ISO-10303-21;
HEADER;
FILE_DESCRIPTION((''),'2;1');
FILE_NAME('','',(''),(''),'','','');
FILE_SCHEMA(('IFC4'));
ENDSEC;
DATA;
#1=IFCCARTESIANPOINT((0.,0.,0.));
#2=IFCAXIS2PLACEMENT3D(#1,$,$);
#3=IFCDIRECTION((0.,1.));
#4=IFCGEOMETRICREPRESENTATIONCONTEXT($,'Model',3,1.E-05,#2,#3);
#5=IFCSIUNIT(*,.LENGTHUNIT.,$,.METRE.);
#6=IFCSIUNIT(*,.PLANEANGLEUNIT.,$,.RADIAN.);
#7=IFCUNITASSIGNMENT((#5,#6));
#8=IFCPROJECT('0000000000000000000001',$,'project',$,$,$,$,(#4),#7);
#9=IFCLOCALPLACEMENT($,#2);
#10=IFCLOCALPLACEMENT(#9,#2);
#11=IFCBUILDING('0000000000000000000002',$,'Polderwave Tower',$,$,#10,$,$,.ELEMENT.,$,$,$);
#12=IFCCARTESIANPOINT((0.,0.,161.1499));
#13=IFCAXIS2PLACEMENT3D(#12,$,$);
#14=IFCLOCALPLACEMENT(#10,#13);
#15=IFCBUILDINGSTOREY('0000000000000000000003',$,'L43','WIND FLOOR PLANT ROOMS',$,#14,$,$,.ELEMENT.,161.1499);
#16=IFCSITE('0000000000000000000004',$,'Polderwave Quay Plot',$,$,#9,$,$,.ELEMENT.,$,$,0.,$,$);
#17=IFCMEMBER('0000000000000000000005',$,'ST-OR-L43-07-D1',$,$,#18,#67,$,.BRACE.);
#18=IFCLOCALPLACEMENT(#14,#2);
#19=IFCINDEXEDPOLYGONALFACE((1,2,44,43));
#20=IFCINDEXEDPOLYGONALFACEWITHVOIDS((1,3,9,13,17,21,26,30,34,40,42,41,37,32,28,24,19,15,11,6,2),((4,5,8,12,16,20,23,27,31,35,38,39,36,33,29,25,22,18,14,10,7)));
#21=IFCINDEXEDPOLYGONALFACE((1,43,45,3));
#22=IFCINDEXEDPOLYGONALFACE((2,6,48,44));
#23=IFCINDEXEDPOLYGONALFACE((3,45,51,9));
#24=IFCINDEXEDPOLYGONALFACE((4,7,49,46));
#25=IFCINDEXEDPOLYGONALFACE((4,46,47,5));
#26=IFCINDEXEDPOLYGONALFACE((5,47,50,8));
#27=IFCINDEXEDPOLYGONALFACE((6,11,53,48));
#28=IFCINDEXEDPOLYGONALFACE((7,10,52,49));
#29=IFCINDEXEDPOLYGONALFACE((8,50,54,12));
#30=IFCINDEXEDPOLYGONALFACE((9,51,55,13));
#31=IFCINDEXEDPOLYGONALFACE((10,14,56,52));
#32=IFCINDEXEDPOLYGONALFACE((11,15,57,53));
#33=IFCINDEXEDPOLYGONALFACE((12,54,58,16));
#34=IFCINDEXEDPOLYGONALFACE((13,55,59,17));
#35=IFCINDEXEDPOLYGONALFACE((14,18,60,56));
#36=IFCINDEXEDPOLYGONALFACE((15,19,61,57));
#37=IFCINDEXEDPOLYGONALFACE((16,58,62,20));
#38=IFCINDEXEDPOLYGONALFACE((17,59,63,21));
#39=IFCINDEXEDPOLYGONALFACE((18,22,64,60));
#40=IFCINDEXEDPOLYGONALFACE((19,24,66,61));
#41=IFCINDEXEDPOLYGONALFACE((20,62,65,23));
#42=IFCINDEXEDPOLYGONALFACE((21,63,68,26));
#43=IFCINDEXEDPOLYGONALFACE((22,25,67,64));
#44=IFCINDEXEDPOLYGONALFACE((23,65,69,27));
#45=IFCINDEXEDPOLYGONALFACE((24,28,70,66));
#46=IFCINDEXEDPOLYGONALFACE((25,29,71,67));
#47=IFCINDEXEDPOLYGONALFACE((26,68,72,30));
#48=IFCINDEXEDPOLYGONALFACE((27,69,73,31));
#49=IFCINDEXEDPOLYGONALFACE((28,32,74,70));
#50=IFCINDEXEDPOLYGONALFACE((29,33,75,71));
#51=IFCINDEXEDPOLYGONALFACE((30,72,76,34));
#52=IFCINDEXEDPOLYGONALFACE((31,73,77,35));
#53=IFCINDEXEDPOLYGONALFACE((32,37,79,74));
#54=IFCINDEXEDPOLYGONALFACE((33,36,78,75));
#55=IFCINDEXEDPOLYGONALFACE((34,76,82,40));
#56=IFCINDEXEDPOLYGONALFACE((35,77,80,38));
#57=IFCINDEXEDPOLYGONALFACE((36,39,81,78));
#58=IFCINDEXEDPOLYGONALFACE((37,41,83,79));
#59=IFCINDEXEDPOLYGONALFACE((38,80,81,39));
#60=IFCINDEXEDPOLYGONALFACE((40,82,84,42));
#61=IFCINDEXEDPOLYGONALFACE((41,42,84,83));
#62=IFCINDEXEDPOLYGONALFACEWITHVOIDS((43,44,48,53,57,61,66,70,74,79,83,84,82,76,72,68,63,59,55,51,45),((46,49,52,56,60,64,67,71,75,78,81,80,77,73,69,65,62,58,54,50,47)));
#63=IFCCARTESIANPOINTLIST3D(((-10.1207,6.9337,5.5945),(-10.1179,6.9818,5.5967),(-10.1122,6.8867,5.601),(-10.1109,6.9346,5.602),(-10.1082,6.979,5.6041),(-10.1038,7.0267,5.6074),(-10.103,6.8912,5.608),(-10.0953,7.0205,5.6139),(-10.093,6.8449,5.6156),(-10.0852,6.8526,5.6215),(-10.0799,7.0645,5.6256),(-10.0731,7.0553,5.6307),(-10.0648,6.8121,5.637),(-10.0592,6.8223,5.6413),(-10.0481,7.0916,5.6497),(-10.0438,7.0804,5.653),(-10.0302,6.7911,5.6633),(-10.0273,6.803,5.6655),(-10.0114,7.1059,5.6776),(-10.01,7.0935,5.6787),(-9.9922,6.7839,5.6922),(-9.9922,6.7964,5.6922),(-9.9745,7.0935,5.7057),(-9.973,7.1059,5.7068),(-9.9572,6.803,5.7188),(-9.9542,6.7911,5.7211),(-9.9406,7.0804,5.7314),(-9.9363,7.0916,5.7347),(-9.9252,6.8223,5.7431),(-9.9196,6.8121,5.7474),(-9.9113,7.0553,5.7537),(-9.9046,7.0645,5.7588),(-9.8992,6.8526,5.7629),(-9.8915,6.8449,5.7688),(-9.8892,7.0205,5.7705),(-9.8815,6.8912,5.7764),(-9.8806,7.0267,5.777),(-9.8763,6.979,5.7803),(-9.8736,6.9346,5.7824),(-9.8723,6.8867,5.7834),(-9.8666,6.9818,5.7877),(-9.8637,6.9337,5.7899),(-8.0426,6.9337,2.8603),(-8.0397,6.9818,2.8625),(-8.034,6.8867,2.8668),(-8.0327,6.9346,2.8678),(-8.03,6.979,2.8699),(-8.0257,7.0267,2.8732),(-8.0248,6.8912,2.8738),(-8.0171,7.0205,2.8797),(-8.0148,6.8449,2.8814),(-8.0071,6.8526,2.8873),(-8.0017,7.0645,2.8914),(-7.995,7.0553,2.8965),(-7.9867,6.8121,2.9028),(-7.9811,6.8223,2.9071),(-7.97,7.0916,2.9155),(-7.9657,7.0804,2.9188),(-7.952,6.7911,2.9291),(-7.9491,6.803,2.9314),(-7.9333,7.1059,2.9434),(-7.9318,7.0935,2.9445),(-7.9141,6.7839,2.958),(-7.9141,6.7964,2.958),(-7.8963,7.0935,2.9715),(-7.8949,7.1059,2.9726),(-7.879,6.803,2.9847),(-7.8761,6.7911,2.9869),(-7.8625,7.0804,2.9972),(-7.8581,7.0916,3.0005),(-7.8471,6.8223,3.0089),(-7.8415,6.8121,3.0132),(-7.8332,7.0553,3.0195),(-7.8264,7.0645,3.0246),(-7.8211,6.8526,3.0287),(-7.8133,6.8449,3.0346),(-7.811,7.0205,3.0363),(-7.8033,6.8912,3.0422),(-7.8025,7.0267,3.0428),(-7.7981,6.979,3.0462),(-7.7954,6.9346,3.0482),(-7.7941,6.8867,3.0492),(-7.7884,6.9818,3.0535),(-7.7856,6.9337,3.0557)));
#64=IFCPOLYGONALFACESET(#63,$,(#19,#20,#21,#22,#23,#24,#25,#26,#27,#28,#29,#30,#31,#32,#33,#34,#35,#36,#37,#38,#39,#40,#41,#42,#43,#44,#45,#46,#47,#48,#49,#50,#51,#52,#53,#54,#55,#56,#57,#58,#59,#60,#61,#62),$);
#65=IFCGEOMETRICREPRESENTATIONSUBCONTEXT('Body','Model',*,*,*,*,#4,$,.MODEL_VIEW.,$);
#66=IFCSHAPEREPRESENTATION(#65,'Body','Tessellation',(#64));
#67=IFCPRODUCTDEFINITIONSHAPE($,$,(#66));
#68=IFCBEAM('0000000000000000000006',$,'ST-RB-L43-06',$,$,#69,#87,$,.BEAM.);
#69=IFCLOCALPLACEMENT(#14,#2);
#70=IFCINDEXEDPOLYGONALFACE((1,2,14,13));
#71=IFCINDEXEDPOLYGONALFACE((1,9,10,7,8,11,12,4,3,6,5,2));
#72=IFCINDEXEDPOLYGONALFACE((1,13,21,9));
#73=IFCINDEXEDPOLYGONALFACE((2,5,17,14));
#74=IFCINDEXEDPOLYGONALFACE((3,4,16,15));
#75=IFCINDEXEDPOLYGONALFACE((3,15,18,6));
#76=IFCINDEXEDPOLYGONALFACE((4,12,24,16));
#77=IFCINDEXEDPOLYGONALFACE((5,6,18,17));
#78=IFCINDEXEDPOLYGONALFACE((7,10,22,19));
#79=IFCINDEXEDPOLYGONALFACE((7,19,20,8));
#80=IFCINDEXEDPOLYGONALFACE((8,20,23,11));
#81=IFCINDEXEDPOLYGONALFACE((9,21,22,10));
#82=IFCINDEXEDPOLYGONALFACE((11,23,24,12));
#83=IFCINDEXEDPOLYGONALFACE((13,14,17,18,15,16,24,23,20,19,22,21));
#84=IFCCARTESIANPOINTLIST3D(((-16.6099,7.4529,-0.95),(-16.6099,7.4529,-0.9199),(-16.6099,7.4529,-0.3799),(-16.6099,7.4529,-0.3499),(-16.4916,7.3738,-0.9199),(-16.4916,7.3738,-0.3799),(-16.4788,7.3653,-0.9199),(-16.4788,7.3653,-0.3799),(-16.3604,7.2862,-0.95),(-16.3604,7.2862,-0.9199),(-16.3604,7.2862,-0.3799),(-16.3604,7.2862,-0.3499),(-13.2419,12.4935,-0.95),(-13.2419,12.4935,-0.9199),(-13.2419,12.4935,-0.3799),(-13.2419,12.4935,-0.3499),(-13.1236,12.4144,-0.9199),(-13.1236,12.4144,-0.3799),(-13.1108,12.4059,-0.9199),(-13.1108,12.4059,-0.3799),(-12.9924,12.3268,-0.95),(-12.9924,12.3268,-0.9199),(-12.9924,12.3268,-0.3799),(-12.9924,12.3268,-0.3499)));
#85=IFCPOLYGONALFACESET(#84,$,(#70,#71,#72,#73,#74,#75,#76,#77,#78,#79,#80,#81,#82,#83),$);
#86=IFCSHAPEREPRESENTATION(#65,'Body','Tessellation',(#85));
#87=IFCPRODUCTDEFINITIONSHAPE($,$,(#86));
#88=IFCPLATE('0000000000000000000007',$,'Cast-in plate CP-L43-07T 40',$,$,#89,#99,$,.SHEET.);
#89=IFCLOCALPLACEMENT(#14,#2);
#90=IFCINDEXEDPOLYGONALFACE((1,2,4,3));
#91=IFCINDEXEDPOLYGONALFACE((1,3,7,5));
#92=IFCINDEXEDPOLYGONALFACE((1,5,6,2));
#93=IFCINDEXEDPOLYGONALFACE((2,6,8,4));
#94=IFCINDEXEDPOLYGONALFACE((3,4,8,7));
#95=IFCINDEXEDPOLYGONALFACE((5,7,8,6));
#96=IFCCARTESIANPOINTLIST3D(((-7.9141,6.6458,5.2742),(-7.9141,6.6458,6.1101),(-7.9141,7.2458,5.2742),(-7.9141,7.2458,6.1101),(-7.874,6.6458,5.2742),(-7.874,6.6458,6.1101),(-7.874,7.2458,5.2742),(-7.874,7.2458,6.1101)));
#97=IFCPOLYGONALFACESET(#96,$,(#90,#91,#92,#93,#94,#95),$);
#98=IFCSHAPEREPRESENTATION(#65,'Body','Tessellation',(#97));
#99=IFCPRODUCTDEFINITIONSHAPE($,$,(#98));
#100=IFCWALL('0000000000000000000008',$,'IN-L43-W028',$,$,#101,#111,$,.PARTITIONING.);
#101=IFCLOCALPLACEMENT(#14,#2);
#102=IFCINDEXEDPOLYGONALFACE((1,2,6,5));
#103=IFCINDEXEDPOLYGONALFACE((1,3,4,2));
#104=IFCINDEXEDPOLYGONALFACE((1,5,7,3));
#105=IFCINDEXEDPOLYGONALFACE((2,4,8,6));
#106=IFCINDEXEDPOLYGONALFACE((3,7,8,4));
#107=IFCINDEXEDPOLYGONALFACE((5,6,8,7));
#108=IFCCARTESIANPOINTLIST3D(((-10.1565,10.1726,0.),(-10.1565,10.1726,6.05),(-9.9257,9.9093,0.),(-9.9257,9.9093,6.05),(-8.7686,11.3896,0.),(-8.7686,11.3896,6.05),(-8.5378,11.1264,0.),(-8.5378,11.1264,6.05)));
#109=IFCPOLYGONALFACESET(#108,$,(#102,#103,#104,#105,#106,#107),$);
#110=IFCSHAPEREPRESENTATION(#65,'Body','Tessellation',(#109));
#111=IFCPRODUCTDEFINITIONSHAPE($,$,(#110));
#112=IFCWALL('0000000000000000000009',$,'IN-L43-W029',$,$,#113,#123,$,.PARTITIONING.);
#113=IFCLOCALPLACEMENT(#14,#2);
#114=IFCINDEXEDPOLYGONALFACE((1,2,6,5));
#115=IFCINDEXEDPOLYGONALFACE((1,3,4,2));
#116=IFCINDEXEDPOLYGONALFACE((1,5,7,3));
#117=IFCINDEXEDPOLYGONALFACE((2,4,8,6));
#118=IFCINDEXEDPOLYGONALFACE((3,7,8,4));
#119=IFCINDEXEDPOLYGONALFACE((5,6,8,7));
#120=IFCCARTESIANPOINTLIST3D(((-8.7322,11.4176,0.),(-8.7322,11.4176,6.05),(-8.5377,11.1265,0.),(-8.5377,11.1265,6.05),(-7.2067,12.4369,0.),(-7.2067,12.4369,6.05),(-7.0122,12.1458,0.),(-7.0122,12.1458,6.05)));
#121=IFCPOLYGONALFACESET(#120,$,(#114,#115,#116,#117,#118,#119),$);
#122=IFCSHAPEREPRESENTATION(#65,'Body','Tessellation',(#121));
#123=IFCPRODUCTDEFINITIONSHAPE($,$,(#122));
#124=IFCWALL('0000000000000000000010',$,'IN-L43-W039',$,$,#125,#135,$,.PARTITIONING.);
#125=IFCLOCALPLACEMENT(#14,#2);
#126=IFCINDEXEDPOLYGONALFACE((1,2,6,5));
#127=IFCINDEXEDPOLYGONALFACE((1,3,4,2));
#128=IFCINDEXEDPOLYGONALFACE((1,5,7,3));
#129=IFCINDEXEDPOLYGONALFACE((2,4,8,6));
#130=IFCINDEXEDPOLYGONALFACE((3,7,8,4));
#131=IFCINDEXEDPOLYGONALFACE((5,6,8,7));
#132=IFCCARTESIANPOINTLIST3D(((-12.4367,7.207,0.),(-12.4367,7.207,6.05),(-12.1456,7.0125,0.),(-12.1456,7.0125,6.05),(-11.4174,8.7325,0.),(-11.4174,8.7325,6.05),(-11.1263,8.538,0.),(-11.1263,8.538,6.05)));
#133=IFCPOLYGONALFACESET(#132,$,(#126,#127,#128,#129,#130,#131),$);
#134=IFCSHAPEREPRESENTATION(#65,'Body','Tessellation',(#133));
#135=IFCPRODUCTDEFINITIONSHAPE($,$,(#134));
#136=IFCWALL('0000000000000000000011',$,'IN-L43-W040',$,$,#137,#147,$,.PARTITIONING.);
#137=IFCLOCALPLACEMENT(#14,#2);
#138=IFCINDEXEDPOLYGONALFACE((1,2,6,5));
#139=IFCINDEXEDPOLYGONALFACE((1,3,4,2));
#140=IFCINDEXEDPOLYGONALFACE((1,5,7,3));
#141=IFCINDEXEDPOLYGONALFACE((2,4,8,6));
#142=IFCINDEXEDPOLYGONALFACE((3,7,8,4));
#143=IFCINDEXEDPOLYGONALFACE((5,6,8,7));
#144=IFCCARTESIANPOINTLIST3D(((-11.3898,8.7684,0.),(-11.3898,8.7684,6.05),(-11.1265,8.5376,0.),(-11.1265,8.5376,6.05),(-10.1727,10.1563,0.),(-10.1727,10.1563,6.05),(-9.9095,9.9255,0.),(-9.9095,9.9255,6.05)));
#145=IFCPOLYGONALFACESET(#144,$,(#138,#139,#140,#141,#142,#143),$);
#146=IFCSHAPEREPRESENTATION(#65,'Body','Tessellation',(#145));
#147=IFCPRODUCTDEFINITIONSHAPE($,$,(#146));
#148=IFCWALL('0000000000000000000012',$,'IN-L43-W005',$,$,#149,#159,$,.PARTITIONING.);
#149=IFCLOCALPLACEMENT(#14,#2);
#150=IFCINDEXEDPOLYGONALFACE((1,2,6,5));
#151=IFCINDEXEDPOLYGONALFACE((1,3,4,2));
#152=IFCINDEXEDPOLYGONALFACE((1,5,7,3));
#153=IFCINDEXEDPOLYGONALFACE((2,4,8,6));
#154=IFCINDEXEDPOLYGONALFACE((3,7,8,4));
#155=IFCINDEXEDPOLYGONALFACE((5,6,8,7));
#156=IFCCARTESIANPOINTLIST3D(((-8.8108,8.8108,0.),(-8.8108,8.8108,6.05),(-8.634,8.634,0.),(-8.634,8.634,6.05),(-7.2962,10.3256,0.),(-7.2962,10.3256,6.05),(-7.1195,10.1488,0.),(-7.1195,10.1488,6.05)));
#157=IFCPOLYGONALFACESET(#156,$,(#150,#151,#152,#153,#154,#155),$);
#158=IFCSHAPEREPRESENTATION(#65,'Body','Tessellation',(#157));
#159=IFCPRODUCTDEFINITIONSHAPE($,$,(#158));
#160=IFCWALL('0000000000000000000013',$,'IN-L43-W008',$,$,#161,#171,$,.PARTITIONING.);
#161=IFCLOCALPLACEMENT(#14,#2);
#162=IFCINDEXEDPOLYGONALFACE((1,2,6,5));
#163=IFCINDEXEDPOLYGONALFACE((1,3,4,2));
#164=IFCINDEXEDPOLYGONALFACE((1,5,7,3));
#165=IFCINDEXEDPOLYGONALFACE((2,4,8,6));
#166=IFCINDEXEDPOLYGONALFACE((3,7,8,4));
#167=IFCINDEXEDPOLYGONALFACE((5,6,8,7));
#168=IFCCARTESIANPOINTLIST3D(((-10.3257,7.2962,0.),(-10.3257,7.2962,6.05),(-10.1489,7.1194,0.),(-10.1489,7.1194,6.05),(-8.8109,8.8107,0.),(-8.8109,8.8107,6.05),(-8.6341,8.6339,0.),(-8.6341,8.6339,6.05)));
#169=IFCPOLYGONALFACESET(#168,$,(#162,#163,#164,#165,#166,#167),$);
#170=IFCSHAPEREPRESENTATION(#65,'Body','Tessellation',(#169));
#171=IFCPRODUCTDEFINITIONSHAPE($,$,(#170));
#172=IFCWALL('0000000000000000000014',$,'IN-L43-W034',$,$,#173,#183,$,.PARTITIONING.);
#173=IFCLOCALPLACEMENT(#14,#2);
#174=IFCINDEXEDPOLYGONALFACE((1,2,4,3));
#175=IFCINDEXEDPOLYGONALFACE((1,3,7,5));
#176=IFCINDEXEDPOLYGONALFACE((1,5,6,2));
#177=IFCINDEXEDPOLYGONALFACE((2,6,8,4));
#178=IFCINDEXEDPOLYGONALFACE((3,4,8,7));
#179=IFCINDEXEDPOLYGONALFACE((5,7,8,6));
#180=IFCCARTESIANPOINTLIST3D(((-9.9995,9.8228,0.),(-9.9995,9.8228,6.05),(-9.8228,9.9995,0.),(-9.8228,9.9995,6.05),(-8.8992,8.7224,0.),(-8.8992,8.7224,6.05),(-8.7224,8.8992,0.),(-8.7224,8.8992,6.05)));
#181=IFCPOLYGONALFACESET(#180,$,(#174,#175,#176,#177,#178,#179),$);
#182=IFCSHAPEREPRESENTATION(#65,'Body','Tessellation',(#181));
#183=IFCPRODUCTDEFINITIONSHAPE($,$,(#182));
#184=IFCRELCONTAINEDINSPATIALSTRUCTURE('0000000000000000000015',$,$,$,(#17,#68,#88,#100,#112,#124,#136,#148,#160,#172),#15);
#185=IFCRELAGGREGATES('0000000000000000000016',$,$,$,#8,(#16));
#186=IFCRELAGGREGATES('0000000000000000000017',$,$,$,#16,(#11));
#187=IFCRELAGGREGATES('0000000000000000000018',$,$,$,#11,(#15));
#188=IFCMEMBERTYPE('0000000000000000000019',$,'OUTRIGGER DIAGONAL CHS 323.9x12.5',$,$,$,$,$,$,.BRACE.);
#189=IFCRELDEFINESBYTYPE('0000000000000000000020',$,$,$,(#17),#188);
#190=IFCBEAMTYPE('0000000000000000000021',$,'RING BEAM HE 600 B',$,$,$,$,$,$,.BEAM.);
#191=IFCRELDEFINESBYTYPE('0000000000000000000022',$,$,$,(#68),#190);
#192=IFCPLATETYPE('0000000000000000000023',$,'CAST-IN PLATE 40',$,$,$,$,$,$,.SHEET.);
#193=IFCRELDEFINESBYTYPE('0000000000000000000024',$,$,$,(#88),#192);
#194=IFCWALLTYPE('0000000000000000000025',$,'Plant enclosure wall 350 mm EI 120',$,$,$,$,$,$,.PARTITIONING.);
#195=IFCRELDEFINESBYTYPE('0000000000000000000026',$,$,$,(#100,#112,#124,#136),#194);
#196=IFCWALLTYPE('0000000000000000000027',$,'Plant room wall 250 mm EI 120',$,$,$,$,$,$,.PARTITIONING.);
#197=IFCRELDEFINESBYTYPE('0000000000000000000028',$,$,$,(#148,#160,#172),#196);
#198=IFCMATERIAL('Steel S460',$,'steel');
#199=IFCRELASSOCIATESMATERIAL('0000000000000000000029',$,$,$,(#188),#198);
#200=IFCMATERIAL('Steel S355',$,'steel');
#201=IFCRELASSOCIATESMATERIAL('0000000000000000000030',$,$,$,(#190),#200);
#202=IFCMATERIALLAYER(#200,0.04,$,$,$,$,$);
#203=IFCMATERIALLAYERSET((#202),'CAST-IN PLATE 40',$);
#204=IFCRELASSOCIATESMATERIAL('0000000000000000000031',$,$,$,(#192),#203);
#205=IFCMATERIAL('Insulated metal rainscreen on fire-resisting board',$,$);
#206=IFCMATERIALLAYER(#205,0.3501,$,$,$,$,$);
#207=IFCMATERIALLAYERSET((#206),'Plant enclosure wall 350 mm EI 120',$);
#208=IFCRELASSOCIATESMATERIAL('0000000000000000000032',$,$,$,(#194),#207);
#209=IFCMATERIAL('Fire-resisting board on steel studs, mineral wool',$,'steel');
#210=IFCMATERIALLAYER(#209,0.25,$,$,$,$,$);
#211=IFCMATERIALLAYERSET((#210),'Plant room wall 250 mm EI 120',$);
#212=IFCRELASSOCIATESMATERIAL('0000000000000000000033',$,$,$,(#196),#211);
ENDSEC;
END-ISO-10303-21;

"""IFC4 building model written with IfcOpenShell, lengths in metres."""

from ifc_helpers import new_model, si_unit, direction, frame, frame_2d, origin, origin_2d, place, context, subcontext, project, spatial, rectangle, hollow_circle, i_section, extrude, material, layer, layer_set, material_profile, profile_set, type_object, element, save


model = new_model("IFC4")

# Units and contexts
model_context = context("Model", 3, precision=1e-05, world=origin(), true_north=direction((0.0, 1.0)))
body_context = subcontext(model_context, "Body", "Model", "MODEL_VIEW")
ifc_project = project(units=[si_unit("LENGTHUNIT", "METRE"), si_unit("PLANEANGLEUNIT", "RADIAN")], contexts=[model_context])

# Site, building, storey
site_placement = place(None, origin())
site = spatial("IfcSite", under=ifc_project, at=site_placement, Name="Polderwave Quay Plot", CompositionType="ELEMENT", RefElevation=0.0)
building_placement = place(site_placement, origin())
building = spatial("IfcBuilding", under=site, at=building_placement, Name="Polderwave Tower", CompositionType="ELEMENT")
storey_placement = place(building_placement, frame((0.0, 0.0, 161.1499)))
storey = spatial("IfcBuildingStorey", under=building, at=storey_placement, Name="L43", Description="WIND FLOOR PLANT ROOMS", CompositionType="ELEMENT", Elevation=161.1499)

# Member
ifc_material_1 = material(Name="Steel S460", Category="steel")
ifc_material_profile_1 = material_profile(ifc_material_1, hollow_circle(Radius=0.1619, WallThickness=0.0125, at=origin_2d()), Name="CHS 323.9x12.5")
ifc_profile_set_1 = profile_set([ifc_material_profile_1], Name="Steel S460")
member_type_1 = type_object("IfcMemberType", Name="OUTRIGGER DIAGONAL CHS 323.9x12.5", PredefinedType="BRACE", material=ifc_profile_set_1)
member_1_placement = place(storey_placement, frame((-7.9141, 6.9458, 2.958), z_axis=(-0.605118, 0.0, 0.796136), x_axis=(0.0, -1.0, 0.0)))
element("IfcMember", 1, at=member_1_placement, inside=storey, type_object=member_type_1, Name="ST-OR-L43-07-D1", PredefinedType="BRACE", context=body_context, shape_type="SweptSolid", body=[
    extrude(hollow_circle(Radius=0.1619, WallThickness=0.0125, at=origin_2d()), origin(), (0.0, 0.0, 1.0), 3.4343),
])

# Beam
ifc_material_2 = material(Name="Steel S355", Category="steel")
ifc_material_profile_2 = material_profile(ifc_material_2, i_section(OverallWidth=0.3, OverallDepth=0.6001, WebThickness=0.0154, FlangeThickness=0.03, at=origin_2d()), Name="HE 600 B")
ifc_profile_set_2 = profile_set([ifc_material_profile_2], Name="Steel S355")
beam_type = type_object("IfcBeamType", Name="RING BEAM HE 600 B", PredefinedType="BEAM", material=ifc_profile_set_2)
beam_placement = place(storey_placement, frame((-13.1172, 12.4102, -0.6499), z_axis=(-0.555564, -0.831474, 0.0), x_axis=(0.831474, -0.555564, 0.0)))
element("IfcBeam", 2, at=beam_placement, inside=storey, type_object=beam_type, Name="ST-RB-L43-06", PredefinedType="BEAM", context=body_context, shape_type="SweptSolid", body=[
    extrude(i_section(OverallWidth=0.3, OverallDepth=0.6001, WebThickness=0.0154, FlangeThickness=0.03, at=origin_2d()), origin(), (0.0, 0.0, 1.0), 6.0623),
])

# Plate
ifc_layer_1 = layer(ifc_material_2, 0.04)
ifc_layer_set_1 = layer_set([ifc_layer_1], Name="CAST-IN PLATE 40")
plate_type = type_object("IfcPlateType", Name="CAST-IN PLATE 40", PredefinedType="SHEET", material=ifc_layer_set_1)
plate_placement = place(storey_placement, frame((-7.894, 6.9458, 5.2742), z_axis=(0.0, 0.0, 1.0), x_axis=(1.0, 0.0, 0.0)))
element("IfcPlate", 3, at=plate_placement, inside=storey, type_object=plate_type, Name="Cast-in plate CP-L43-07T 40", PredefinedType="SHEET", context=body_context, shape_type="SweptSolid", body=[
    extrude(rectangle(XDim=0.04, YDim=0.6001, at=origin_2d()), origin(), (0.0, 0.0, 1.0), 0.8359),
])

# Walls
ifc_material_3 = material(Name="Insulated metal rainscreen on fire-resisting board")
ifc_layer_2 = layer(ifc_material_3, 0.3501)
ifc_layer_set_2 = layer_set([ifc_layer_2], Name="Plant enclosure wall 350 mm EI 120")
wall_type_1 = type_object("IfcWallType", Name="Plant enclosure wall 350 mm EI 120", PredefinedType="PARTITIONING", material=ifc_layer_set_2)
wall_1_placement = place(storey_placement, frame((-10.041, 10.041, 0.0), z_axis=(0.0, 0.0, 1.0), x_axis=(0.75188, 0.6593, 0.0)))
element("IfcWall", 4, at=wall_1_placement, inside=storey, type_object=wall_type_1, Name="IN-L43-W028", PredefinedType="PARTITIONING", context=body_context, shape_type="SweptSolid", body=[
    extrude(rectangle(XDim=1.8459, YDim=0.3501, at=frame_2d((0.9229, 0.0))), origin(), (0.0, 0.0, 1.0), 6.05),
])
for number, where, z_axis, x_axis, name in (
    (5, (-8.635, 11.272, 0.0), (0.0, 0.0, 1.0), (0.831456, 0.55559, 0.0), "IN-L43-W029"),
    (6, (-12.2913, 7.1096, 0.0), (0.0, 0.0, 1.0), (0.55559, 0.831456, 0.0), "IN-L43-W039"),
):
    element("IfcWall", number, at=place(storey_placement, frame(where, z_axis=z_axis, x_axis=x_axis)), inside=storey, type_object=wall_type_1, Name=name, PredefinedType="PARTITIONING", context=body_context, shape_type="SweptSolid", body=[
        extrude(rectangle(XDim=1.8347, YDim=0.3501, at=frame_2d((0.9175, 0.0))), origin(), (0.0, 0.0, 1.0), 6.05),
    ])
wall_2_placement = place(storey_placement, frame((-11.2581, 8.6531, 0.0), z_axis=(0.0, 0.0, 1.0), x_axis=(0.6593, 0.75188, 0.0)))
element("IfcWall", 7, at=wall_2_placement, inside=storey, type_object=wall_type_1, Name="IN-L43-W040", PredefinedType="PARTITIONING", context=body_context, shape_type="SweptSolid", body=[
    extrude(rectangle(XDim=1.8459, YDim=0.3501, at=frame_2d((0.9229, 0.0))), origin(), (0.0, 0.0, 1.0), 6.05),
])
ifc_material_4 = material(Name="Fire-resisting board on steel studs, mineral wool", Category="steel")
ifc_layer_3 = layer(ifc_material_4, 0.25)
ifc_layer_set_3 = layer_set([ifc_layer_3], Name="Plant room wall 250 mm EI 120")
wall_type_2 = type_object("IfcWallType", Name="Plant room wall 250 mm EI 120", PredefinedType="PARTITIONING", material=ifc_layer_set_3)
for number, where, z_axis, x_axis, name in (
    (8, (-8.7224, 8.7224, 0.0), (0.0, 0.0, 1.0), (0.70705, 0.707164, 0.0), "IN-L43-W005"),
    (9, (-10.2373, 7.2078, 0.0), (0.0, 0.0, 1.0), (0.707164, 0.70705, 0.0), "IN-L43-W008"),
):
    element("IfcWall", number, at=place(storey_placement, frame(where, z_axis=z_axis, x_axis=x_axis)), inside=storey, type_object=wall_type_2, Name=name, PredefinedType="PARTITIONING", context=body_context, shape_type="SweptSolid", body=[
        extrude(rectangle(XDim=2.1421, YDim=0.25, at=frame_2d((1.071, 0.0))), origin(), (0.0, 0.0, 1.0), 6.05),
    ])
wall_3_placement = place(storey_placement, frame((-8.8108, 8.8108, 0.0), z_axis=(0.0, 0.0, 1.0), x_axis=(-0.707107, 0.707107, 0.0)))
element("IfcWall", 10, at=wall_3_placement, inside=storey, type_object=wall_type_2, Name="IN-L43-W034", PredefinedType="PARTITIONING", context=body_context, shape_type="SweptSolid", body=[
    extrude(rectangle(XDim=1.5562, YDim=0.25, at=frame_2d((0.7781, 0.0))), origin(), (0.0, 0.0, 1.0), 6.05),
])

save(model, "model.ifc")
